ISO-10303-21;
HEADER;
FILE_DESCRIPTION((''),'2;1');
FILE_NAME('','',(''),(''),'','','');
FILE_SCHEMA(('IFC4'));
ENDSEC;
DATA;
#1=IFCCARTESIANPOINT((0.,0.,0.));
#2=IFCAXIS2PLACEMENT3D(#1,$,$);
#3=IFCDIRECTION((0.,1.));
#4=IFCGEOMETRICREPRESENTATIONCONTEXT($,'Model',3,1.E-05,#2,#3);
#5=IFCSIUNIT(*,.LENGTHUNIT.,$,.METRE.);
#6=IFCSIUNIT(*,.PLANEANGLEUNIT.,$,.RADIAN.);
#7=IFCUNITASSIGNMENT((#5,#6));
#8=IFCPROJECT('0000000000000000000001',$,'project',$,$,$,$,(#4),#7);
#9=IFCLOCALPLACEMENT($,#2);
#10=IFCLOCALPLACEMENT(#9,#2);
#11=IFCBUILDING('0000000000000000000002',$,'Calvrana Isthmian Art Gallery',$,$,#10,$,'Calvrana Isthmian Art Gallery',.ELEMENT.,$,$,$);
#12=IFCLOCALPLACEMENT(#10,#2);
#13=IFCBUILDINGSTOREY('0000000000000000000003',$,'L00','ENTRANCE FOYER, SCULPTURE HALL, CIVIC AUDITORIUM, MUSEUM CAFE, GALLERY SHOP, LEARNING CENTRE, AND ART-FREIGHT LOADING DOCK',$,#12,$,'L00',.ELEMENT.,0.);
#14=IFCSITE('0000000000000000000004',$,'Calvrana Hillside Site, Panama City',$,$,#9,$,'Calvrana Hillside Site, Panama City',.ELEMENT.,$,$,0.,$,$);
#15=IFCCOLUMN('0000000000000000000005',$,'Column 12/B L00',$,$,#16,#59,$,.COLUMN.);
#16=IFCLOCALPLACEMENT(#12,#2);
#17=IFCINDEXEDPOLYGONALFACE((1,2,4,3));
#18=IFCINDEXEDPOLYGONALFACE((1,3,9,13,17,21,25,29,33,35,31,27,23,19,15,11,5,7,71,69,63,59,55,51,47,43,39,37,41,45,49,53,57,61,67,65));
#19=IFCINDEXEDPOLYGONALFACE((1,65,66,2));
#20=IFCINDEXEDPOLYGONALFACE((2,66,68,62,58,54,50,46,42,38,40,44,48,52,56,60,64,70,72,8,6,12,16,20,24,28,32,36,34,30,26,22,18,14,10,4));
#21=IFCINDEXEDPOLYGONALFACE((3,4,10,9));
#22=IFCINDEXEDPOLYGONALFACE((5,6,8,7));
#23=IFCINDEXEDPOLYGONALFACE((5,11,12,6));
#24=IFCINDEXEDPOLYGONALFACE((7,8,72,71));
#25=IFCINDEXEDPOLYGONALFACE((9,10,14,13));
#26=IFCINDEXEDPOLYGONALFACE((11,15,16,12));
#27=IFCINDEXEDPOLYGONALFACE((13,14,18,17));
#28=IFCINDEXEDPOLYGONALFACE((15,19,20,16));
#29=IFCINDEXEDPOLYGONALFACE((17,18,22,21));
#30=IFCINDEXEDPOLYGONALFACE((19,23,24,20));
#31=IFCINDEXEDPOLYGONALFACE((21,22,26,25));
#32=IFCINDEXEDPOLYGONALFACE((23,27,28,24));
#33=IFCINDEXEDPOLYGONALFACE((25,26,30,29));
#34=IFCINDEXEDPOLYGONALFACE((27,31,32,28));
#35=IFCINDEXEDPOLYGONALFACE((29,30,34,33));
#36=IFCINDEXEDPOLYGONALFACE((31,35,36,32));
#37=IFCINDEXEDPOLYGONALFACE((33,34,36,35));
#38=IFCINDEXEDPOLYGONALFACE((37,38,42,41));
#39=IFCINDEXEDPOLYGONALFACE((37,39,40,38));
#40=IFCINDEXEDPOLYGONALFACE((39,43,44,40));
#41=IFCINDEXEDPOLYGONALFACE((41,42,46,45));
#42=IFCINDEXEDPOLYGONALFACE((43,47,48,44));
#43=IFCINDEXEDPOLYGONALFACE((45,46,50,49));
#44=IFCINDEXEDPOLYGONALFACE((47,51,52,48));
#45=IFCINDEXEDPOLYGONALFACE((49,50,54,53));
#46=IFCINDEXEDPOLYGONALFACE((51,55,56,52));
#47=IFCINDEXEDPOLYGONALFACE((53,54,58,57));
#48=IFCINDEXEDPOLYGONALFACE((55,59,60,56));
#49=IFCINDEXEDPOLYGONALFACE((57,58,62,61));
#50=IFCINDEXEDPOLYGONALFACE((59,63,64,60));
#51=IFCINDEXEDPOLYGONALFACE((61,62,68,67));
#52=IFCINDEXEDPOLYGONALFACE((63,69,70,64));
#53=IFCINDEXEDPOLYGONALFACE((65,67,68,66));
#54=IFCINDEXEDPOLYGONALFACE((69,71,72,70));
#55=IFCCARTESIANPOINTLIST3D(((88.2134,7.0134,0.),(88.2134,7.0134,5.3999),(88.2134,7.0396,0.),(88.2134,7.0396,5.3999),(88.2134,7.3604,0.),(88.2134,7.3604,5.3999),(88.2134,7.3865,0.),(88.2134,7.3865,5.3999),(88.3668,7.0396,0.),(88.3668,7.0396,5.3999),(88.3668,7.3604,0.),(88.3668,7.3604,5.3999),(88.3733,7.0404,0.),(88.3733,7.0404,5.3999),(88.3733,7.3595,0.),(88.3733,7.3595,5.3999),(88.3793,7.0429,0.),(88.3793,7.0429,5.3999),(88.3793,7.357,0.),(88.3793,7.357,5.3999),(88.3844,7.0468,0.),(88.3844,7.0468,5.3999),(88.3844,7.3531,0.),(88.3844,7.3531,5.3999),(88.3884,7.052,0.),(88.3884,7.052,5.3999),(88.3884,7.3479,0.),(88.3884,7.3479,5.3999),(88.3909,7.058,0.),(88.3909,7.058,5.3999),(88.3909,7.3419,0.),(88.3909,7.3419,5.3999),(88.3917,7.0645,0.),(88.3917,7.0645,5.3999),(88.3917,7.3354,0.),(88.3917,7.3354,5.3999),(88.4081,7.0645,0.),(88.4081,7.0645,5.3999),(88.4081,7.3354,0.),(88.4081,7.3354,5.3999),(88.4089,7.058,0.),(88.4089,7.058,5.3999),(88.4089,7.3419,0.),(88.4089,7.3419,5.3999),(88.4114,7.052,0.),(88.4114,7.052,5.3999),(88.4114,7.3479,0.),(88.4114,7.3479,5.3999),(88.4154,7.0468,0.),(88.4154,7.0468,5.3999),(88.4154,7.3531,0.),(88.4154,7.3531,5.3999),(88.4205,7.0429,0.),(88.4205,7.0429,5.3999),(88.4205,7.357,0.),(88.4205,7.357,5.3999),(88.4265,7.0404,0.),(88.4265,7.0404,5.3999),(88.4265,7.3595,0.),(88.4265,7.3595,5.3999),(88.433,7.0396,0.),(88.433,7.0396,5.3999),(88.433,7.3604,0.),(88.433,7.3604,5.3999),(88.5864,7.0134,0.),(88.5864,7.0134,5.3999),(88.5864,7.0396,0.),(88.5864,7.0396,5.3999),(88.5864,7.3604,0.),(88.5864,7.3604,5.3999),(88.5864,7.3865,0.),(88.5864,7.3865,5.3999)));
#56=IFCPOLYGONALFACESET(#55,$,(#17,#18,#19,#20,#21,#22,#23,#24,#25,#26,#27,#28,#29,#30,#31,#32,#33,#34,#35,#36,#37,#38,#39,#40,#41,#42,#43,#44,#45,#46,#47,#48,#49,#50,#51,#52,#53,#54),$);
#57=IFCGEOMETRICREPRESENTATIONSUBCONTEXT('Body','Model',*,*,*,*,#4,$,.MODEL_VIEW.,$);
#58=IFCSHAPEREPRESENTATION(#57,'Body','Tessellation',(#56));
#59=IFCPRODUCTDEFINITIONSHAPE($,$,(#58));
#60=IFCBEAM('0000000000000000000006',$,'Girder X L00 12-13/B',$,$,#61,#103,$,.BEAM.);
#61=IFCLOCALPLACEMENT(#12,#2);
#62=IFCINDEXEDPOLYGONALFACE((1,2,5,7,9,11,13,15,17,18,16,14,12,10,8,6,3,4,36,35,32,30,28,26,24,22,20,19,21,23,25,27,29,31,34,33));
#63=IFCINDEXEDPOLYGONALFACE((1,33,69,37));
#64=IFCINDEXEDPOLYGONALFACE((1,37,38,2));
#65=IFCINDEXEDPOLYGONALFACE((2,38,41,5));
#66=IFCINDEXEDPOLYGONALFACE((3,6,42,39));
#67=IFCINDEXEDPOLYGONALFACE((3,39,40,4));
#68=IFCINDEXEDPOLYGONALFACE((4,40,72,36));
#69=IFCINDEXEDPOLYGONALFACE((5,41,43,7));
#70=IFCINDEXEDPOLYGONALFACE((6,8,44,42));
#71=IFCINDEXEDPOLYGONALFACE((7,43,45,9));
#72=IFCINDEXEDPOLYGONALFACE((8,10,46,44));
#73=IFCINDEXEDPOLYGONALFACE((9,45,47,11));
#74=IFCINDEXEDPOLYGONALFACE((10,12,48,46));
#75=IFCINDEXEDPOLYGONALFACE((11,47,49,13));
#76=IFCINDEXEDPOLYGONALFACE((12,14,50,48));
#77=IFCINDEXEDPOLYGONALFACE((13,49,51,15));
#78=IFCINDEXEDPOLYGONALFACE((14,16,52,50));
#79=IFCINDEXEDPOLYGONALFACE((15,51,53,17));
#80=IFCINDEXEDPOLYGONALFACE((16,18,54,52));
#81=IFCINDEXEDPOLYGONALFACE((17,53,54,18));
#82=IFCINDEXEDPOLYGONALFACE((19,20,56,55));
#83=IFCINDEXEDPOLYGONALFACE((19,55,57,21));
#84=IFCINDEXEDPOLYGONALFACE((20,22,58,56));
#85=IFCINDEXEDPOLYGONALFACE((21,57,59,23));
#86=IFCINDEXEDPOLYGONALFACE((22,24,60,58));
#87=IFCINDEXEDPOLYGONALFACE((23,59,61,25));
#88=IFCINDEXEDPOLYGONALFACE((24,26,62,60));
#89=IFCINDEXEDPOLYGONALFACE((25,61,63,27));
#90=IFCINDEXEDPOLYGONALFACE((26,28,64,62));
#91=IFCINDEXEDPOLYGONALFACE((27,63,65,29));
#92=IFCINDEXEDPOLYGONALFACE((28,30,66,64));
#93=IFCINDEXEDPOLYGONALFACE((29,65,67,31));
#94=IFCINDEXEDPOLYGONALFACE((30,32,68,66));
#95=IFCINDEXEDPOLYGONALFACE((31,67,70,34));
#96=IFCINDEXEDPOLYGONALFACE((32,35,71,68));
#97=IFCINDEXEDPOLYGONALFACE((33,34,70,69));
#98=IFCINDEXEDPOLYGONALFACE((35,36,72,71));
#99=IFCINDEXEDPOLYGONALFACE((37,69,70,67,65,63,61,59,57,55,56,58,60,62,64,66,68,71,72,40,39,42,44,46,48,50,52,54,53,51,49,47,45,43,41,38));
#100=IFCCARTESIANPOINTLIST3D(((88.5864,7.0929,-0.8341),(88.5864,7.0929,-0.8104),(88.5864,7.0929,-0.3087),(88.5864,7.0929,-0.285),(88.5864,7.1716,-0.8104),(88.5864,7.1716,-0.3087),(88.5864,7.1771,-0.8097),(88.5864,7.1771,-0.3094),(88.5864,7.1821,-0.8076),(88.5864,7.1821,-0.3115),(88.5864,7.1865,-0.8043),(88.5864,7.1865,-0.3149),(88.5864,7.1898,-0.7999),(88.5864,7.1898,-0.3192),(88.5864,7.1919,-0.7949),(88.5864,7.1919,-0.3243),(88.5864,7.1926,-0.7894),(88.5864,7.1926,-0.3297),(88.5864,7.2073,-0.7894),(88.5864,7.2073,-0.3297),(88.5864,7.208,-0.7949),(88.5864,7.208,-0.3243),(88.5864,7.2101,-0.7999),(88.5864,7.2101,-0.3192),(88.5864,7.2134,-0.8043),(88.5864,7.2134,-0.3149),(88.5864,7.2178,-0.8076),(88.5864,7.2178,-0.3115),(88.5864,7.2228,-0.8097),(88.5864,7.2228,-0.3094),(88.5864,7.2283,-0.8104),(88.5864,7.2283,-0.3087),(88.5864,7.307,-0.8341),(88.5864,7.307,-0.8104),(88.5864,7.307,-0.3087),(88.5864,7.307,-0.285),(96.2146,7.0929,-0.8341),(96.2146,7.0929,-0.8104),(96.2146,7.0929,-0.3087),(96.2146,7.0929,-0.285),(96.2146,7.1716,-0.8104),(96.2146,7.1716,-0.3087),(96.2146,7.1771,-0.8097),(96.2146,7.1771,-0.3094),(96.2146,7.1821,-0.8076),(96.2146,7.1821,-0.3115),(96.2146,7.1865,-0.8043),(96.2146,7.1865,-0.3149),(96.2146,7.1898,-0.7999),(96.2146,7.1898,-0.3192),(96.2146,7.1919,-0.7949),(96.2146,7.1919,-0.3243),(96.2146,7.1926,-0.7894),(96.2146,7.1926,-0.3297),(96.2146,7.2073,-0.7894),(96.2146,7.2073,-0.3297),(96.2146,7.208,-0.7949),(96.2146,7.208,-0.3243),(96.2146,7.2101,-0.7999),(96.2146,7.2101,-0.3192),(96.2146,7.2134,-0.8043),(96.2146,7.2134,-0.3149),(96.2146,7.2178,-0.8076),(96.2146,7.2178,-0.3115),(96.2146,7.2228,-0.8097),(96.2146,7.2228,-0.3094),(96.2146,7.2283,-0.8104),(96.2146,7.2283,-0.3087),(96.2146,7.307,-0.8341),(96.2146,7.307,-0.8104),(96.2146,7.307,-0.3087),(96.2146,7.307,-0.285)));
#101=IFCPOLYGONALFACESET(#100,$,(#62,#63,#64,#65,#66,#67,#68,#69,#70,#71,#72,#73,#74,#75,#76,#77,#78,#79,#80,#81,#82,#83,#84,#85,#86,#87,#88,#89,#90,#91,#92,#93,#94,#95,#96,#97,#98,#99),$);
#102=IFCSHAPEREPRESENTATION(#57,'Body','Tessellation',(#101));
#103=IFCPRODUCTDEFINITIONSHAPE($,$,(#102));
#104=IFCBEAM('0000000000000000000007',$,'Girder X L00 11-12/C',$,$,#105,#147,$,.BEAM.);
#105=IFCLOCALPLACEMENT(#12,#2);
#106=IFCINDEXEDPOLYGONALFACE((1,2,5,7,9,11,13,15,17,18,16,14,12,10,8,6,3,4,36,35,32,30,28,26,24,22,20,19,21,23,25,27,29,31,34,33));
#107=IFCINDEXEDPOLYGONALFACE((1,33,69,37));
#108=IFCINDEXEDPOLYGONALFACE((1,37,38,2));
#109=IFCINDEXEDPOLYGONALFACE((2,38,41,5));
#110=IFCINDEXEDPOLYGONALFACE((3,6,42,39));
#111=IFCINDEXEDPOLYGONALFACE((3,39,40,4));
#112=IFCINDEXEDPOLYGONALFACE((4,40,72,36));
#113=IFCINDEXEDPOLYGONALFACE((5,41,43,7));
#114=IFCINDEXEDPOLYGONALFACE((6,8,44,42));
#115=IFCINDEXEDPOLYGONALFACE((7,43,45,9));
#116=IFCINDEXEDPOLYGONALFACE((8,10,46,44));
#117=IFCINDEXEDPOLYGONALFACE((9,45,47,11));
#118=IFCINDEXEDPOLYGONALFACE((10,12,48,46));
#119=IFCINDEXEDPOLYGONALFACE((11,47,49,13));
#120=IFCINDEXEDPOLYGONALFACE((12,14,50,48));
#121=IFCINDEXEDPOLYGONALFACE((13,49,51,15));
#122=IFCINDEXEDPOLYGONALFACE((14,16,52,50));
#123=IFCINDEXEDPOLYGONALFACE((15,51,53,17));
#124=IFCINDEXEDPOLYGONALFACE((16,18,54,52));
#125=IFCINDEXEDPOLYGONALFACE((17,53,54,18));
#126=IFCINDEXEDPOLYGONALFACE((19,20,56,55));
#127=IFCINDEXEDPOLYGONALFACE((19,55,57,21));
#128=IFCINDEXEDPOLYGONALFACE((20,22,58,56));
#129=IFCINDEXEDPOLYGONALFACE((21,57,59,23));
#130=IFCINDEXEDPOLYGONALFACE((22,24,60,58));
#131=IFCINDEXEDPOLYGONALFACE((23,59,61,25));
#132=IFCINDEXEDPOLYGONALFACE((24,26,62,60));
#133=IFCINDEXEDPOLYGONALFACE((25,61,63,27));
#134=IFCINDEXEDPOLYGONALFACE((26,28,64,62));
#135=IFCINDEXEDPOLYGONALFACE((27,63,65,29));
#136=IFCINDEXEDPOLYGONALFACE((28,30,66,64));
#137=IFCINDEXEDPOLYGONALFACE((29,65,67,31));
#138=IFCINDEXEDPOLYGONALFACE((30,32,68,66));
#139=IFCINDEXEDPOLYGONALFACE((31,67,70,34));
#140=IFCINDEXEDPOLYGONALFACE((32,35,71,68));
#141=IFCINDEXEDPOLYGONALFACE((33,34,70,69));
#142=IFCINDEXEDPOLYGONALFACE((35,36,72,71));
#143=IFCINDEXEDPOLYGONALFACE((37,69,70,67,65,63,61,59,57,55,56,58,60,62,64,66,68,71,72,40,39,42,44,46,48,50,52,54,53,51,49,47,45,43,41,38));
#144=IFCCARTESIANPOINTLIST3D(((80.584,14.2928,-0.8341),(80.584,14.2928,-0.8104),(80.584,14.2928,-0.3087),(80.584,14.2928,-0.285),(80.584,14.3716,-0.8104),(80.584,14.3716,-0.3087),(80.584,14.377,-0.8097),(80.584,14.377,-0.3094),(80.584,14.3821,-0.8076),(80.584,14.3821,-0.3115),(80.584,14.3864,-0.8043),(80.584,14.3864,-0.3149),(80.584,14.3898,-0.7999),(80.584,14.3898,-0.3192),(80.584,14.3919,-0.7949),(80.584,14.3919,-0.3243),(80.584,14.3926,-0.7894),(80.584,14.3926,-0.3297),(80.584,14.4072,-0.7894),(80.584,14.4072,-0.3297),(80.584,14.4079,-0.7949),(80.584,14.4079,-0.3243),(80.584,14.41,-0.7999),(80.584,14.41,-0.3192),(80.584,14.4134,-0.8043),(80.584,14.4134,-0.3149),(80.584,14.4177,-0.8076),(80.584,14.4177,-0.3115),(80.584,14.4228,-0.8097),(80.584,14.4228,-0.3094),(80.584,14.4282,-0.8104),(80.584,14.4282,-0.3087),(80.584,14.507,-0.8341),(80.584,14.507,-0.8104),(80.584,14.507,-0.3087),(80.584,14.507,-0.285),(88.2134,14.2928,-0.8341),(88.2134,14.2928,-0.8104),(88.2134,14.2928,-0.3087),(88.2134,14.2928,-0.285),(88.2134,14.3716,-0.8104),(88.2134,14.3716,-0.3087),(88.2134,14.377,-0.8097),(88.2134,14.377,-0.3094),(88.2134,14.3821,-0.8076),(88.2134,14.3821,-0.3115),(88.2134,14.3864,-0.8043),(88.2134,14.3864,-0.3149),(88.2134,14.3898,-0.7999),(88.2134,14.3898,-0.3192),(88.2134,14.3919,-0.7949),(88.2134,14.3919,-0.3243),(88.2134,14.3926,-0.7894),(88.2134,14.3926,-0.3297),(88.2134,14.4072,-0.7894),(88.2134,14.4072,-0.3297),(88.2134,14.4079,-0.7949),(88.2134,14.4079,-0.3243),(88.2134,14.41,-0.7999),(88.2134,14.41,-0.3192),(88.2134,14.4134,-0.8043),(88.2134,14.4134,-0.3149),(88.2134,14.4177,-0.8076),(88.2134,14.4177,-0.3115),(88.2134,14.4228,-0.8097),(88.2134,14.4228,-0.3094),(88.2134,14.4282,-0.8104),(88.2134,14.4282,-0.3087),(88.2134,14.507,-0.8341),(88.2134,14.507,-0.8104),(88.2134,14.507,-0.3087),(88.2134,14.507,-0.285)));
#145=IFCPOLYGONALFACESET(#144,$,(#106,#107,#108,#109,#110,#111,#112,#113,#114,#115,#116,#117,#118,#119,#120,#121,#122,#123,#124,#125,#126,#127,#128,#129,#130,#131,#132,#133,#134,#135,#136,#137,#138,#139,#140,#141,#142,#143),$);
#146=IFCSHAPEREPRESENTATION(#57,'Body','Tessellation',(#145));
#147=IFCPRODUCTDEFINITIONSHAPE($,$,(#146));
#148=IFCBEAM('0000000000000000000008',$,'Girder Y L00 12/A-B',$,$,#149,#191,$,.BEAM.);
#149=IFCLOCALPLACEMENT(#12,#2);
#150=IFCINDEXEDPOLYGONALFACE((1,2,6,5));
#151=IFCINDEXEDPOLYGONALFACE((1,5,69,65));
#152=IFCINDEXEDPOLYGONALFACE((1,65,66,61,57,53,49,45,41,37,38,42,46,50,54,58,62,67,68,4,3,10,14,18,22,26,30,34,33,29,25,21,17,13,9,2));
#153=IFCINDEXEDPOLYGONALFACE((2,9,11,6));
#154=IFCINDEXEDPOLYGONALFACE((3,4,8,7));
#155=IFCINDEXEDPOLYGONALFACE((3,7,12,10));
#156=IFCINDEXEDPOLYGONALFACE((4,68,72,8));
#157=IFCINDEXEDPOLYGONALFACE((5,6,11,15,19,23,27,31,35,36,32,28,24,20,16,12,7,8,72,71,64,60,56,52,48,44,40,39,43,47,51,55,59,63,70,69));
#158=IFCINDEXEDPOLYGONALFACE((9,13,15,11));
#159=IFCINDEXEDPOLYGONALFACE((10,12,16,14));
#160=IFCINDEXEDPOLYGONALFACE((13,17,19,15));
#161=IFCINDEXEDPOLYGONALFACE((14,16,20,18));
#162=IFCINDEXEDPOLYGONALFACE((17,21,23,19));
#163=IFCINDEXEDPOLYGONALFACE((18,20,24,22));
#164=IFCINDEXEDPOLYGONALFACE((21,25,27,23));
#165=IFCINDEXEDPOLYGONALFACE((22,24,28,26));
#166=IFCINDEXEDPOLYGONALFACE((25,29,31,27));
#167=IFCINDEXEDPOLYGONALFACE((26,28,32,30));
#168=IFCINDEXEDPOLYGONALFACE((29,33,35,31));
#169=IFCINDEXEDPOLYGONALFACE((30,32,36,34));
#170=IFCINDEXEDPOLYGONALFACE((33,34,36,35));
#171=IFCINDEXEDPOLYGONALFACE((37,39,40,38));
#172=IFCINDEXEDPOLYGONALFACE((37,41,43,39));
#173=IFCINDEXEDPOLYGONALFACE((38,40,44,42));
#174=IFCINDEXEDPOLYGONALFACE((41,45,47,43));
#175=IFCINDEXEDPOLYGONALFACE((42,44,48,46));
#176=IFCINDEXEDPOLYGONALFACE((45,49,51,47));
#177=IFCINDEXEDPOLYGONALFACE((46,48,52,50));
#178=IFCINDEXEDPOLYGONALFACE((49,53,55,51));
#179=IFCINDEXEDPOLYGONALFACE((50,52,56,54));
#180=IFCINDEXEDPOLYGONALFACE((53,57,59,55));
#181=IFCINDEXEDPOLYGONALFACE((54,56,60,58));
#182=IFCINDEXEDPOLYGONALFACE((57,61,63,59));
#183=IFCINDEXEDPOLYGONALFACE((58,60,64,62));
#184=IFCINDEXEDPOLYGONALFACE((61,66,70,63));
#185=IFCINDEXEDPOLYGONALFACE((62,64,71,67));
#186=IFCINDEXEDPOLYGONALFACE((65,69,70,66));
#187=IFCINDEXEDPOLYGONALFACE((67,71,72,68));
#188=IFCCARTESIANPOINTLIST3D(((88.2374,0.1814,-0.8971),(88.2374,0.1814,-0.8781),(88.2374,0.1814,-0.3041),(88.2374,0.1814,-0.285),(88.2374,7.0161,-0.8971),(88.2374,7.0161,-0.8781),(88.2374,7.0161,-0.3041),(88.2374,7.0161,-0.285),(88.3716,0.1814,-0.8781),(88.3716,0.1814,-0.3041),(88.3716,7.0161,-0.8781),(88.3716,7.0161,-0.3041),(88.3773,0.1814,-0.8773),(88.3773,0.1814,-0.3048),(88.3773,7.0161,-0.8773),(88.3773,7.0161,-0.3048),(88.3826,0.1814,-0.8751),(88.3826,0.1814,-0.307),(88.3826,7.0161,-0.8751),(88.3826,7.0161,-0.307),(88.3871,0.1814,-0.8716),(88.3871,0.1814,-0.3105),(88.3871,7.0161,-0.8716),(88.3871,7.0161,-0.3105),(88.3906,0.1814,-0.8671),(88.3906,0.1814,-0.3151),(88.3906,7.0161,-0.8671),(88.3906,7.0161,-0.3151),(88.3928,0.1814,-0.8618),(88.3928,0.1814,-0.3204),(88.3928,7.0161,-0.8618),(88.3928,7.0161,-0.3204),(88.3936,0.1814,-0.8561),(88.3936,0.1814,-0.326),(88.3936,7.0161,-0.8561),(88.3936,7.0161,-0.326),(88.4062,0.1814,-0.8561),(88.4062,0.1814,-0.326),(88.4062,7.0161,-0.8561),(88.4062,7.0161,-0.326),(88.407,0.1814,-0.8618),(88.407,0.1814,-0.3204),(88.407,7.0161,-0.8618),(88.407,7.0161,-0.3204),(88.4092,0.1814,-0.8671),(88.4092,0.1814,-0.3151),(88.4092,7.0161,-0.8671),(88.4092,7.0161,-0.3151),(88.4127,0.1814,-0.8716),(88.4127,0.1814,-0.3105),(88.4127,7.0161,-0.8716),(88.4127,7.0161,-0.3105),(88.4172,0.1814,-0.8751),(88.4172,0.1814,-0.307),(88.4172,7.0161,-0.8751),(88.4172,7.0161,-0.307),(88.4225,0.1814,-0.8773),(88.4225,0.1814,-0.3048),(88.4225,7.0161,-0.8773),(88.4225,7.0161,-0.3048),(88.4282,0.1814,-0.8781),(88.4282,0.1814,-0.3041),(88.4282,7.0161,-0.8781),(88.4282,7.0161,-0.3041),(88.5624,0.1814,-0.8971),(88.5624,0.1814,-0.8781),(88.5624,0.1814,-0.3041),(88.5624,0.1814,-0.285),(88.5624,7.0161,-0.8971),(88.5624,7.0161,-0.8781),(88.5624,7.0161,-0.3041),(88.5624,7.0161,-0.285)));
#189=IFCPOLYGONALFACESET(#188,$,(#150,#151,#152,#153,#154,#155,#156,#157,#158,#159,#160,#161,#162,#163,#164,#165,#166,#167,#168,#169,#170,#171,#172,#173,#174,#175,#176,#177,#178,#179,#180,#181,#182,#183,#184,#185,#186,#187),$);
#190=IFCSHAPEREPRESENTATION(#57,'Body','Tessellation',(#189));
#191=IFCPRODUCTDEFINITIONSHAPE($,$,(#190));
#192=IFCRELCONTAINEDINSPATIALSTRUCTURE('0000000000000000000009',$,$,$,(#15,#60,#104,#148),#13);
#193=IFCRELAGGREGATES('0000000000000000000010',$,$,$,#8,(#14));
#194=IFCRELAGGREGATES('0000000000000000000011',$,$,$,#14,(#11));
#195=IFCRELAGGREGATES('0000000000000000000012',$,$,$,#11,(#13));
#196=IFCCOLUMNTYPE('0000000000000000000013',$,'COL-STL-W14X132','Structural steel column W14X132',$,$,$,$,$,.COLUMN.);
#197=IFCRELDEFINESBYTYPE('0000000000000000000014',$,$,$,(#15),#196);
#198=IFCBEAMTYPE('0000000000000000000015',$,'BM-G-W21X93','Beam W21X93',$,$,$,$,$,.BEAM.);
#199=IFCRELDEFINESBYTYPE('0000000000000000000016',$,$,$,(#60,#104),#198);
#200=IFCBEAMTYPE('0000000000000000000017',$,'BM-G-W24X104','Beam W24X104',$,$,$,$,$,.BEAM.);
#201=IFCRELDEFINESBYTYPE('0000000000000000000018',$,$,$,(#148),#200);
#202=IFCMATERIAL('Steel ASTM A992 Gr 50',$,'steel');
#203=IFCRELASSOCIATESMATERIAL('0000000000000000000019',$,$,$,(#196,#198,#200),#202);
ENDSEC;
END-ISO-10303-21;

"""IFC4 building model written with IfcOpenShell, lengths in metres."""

from ifc_helpers import new_model, si_unit, direction, frame, origin, origin_2d, place, context, subcontext, project, spatial, i_section, extrude, material, material_profile, profile_set, type_object, element, save


model = new_model("IFC4")

# Units and contexts
model_context = context("Model", 3, precision=1e-05, world=origin(), true_north=direction((0.0, 1.0)))
body_context = subcontext(model_context, "Body", "Model", "MODEL_VIEW")
ifc_project = project(units=[si_unit("LENGTHUNIT", "METRE"), si_unit("PLANEANGLEUNIT", "RADIAN")], contexts=[model_context])

# Site, building, storey
site_placement = place(None, origin())
site = spatial("IfcSite", under=ifc_project, at=site_placement, Name="Calvrana Hillside Site, Panama City", LongName="Calvrana Hillside Site, Panama City", CompositionType="ELEMENT", RefElevation=0.0)
building_placement = place(site_placement, origin())
building = spatial("IfcBuilding", under=site, at=building_placement, Name="Calvrana Isthmian Art Gallery", LongName="Calvrana Isthmian Art Gallery", CompositionType="ELEMENT")
storey_placement = place(building_placement, origin())
storey = spatial("IfcBuildingStorey", under=building, at=storey_placement, Name="L00", Description="ENTRANCE FOYER, SCULPTURE HALL, CIVIC AUDITORIUM, MUSEUM CAFE, GALLERY SHOP, LEARNING CENTRE, AND ART-FREIGHT LOADING DOCK", LongName="L00", CompositionType="ELEMENT", Elevation=0.0)

# Column
ifc_material_1 = material(Name="Steel ASTM A992 Gr 50", Category="steel")
ifc_material_profile_1 = material_profile(ifc_material_1, i_section(OverallWidth=0.373, OverallDepth=0.373, WebThickness=0.0164, FlangeThickness=0.0261, FilletRadius=0.0249, at=origin_2d()), Name="W14X132")
ifc_profile_set_1 = profile_set([ifc_material_profile_1], Name="Steel ASTM A992 Gr 50")
column_type = type_object("IfcColumnType", Name="COL-STL-W14X132", Description="Structural steel column W14X132", PredefinedType="COLUMN", material=ifc_profile_set_1)
column_placement = place(storey_placement, frame((88.3999, 7.2, 0.0), z_axis=(0.0, 0.0, 1.0), x_axis=(1.0, 0.0, 0.0)))
element("IfcColumn", 1, at=column_placement, inside=storey, type_object=column_type, Name="Column 12/B L00", PredefinedType="COLUMN", context=body_context, shape_type="SweptSolid", body=[
    extrude(i_section(OverallWidth=0.373, OverallDepth=0.373, WebThickness=0.0164, FlangeThickness=0.0261, FilletRadius=0.0249, at=origin_2d()), origin(), (0.0, 0.0, 1.0), 5.3999),
])

# Beams
ifc_material_profile_2 = material_profile(ifc_material_1, i_section(OverallWidth=0.2141, OverallDepth=0.5491, WebThickness=0.0146, FlangeThickness=0.0237, FilletRadius=0.021, at=origin_2d()), Name="W21X93")
ifc_profile_set_2 = profile_set([ifc_material_profile_2], Name="Steel ASTM A992 Gr 50")
beam_type_1 = type_object("IfcBeamType", Name="BM-G-W21X93", Description="Beam W21X93", PredefinedType="BEAM", material=ifc_profile_set_2)
beam_1_placement = place(storey_placement, frame((88.5864, 7.2, -0.5596), z_axis=(1.0, 0.0, 0.0), x_axis=(0.0, 1.0, 0.0)))
element("IfcBeam", 2, at=beam_1_placement, inside=storey, type_object=beam_type_1, Name="Girder X L00 12-13/B", PredefinedType="BEAM", context=body_context, shape_type="SweptSolid", body=[
    extrude(i_section(OverallWidth=0.2141, OverallDepth=0.5491, WebThickness=0.0146, FlangeThickness=0.0237, FilletRadius=0.021, at=origin_2d()), origin(), (0.0, 0.0, 1.0), 7.6282),
])
beam_2_placement = place(storey_placement, frame((80.584, 14.3999, -0.5596), z_axis=(1.0, 0.0, 0.0), x_axis=(0.0, 1.0, 0.0)))
element("IfcBeam", 3, at=beam_2_placement, inside=storey, type_object=beam_type_1, Name="Girder X L00 11-12/C", PredefinedType="BEAM", context=body_context, shape_type="SweptSolid", body=[
    extrude(i_section(OverallWidth=0.2141, OverallDepth=0.5491, WebThickness=0.0146, FlangeThickness=0.0237, FilletRadius=0.021, at=origin_2d()), origin(), (0.0, 0.0, 1.0), 7.6294),
])
ifc_material_profile_3 = material_profile(ifc_material_1, i_section(OverallWidth=0.325, OverallDepth=0.6121, WebThickness=0.0127, FlangeThickness=0.019, FilletRadius=0.022, at=origin_2d()), Name="W24X104")
ifc_profile_set_3 = profile_set([ifc_material_profile_3], Name="Steel ASTM A992 Gr 50")
beam_type_2 = type_object("IfcBeamType", Name="BM-G-W24X104", Description="Beam W24X104", PredefinedType="BEAM", material=ifc_profile_set_3)
beam_3_placement = place(storey_placement, frame((88.3999, 0.1814, -0.5911), z_axis=(0.0, 1.0, 0.0), x_axis=(-1.0, 0.0, 0.0)))
element("IfcBeam", 4, at=beam_3_placement, inside=storey, type_object=beam_type_2, Name="Girder Y L00 12/A-B", PredefinedType="BEAM", context=body_context, shape_type="SweptSolid", body=[
    extrude(i_section(OverallWidth=0.325, OverallDepth=0.6121, WebThickness=0.0127, FlangeThickness=0.019, FilletRadius=0.022, at=origin_2d()), origin(), (0.0, 0.0, 1.0), 6.8347),
])

save(model, "model.ifc")
